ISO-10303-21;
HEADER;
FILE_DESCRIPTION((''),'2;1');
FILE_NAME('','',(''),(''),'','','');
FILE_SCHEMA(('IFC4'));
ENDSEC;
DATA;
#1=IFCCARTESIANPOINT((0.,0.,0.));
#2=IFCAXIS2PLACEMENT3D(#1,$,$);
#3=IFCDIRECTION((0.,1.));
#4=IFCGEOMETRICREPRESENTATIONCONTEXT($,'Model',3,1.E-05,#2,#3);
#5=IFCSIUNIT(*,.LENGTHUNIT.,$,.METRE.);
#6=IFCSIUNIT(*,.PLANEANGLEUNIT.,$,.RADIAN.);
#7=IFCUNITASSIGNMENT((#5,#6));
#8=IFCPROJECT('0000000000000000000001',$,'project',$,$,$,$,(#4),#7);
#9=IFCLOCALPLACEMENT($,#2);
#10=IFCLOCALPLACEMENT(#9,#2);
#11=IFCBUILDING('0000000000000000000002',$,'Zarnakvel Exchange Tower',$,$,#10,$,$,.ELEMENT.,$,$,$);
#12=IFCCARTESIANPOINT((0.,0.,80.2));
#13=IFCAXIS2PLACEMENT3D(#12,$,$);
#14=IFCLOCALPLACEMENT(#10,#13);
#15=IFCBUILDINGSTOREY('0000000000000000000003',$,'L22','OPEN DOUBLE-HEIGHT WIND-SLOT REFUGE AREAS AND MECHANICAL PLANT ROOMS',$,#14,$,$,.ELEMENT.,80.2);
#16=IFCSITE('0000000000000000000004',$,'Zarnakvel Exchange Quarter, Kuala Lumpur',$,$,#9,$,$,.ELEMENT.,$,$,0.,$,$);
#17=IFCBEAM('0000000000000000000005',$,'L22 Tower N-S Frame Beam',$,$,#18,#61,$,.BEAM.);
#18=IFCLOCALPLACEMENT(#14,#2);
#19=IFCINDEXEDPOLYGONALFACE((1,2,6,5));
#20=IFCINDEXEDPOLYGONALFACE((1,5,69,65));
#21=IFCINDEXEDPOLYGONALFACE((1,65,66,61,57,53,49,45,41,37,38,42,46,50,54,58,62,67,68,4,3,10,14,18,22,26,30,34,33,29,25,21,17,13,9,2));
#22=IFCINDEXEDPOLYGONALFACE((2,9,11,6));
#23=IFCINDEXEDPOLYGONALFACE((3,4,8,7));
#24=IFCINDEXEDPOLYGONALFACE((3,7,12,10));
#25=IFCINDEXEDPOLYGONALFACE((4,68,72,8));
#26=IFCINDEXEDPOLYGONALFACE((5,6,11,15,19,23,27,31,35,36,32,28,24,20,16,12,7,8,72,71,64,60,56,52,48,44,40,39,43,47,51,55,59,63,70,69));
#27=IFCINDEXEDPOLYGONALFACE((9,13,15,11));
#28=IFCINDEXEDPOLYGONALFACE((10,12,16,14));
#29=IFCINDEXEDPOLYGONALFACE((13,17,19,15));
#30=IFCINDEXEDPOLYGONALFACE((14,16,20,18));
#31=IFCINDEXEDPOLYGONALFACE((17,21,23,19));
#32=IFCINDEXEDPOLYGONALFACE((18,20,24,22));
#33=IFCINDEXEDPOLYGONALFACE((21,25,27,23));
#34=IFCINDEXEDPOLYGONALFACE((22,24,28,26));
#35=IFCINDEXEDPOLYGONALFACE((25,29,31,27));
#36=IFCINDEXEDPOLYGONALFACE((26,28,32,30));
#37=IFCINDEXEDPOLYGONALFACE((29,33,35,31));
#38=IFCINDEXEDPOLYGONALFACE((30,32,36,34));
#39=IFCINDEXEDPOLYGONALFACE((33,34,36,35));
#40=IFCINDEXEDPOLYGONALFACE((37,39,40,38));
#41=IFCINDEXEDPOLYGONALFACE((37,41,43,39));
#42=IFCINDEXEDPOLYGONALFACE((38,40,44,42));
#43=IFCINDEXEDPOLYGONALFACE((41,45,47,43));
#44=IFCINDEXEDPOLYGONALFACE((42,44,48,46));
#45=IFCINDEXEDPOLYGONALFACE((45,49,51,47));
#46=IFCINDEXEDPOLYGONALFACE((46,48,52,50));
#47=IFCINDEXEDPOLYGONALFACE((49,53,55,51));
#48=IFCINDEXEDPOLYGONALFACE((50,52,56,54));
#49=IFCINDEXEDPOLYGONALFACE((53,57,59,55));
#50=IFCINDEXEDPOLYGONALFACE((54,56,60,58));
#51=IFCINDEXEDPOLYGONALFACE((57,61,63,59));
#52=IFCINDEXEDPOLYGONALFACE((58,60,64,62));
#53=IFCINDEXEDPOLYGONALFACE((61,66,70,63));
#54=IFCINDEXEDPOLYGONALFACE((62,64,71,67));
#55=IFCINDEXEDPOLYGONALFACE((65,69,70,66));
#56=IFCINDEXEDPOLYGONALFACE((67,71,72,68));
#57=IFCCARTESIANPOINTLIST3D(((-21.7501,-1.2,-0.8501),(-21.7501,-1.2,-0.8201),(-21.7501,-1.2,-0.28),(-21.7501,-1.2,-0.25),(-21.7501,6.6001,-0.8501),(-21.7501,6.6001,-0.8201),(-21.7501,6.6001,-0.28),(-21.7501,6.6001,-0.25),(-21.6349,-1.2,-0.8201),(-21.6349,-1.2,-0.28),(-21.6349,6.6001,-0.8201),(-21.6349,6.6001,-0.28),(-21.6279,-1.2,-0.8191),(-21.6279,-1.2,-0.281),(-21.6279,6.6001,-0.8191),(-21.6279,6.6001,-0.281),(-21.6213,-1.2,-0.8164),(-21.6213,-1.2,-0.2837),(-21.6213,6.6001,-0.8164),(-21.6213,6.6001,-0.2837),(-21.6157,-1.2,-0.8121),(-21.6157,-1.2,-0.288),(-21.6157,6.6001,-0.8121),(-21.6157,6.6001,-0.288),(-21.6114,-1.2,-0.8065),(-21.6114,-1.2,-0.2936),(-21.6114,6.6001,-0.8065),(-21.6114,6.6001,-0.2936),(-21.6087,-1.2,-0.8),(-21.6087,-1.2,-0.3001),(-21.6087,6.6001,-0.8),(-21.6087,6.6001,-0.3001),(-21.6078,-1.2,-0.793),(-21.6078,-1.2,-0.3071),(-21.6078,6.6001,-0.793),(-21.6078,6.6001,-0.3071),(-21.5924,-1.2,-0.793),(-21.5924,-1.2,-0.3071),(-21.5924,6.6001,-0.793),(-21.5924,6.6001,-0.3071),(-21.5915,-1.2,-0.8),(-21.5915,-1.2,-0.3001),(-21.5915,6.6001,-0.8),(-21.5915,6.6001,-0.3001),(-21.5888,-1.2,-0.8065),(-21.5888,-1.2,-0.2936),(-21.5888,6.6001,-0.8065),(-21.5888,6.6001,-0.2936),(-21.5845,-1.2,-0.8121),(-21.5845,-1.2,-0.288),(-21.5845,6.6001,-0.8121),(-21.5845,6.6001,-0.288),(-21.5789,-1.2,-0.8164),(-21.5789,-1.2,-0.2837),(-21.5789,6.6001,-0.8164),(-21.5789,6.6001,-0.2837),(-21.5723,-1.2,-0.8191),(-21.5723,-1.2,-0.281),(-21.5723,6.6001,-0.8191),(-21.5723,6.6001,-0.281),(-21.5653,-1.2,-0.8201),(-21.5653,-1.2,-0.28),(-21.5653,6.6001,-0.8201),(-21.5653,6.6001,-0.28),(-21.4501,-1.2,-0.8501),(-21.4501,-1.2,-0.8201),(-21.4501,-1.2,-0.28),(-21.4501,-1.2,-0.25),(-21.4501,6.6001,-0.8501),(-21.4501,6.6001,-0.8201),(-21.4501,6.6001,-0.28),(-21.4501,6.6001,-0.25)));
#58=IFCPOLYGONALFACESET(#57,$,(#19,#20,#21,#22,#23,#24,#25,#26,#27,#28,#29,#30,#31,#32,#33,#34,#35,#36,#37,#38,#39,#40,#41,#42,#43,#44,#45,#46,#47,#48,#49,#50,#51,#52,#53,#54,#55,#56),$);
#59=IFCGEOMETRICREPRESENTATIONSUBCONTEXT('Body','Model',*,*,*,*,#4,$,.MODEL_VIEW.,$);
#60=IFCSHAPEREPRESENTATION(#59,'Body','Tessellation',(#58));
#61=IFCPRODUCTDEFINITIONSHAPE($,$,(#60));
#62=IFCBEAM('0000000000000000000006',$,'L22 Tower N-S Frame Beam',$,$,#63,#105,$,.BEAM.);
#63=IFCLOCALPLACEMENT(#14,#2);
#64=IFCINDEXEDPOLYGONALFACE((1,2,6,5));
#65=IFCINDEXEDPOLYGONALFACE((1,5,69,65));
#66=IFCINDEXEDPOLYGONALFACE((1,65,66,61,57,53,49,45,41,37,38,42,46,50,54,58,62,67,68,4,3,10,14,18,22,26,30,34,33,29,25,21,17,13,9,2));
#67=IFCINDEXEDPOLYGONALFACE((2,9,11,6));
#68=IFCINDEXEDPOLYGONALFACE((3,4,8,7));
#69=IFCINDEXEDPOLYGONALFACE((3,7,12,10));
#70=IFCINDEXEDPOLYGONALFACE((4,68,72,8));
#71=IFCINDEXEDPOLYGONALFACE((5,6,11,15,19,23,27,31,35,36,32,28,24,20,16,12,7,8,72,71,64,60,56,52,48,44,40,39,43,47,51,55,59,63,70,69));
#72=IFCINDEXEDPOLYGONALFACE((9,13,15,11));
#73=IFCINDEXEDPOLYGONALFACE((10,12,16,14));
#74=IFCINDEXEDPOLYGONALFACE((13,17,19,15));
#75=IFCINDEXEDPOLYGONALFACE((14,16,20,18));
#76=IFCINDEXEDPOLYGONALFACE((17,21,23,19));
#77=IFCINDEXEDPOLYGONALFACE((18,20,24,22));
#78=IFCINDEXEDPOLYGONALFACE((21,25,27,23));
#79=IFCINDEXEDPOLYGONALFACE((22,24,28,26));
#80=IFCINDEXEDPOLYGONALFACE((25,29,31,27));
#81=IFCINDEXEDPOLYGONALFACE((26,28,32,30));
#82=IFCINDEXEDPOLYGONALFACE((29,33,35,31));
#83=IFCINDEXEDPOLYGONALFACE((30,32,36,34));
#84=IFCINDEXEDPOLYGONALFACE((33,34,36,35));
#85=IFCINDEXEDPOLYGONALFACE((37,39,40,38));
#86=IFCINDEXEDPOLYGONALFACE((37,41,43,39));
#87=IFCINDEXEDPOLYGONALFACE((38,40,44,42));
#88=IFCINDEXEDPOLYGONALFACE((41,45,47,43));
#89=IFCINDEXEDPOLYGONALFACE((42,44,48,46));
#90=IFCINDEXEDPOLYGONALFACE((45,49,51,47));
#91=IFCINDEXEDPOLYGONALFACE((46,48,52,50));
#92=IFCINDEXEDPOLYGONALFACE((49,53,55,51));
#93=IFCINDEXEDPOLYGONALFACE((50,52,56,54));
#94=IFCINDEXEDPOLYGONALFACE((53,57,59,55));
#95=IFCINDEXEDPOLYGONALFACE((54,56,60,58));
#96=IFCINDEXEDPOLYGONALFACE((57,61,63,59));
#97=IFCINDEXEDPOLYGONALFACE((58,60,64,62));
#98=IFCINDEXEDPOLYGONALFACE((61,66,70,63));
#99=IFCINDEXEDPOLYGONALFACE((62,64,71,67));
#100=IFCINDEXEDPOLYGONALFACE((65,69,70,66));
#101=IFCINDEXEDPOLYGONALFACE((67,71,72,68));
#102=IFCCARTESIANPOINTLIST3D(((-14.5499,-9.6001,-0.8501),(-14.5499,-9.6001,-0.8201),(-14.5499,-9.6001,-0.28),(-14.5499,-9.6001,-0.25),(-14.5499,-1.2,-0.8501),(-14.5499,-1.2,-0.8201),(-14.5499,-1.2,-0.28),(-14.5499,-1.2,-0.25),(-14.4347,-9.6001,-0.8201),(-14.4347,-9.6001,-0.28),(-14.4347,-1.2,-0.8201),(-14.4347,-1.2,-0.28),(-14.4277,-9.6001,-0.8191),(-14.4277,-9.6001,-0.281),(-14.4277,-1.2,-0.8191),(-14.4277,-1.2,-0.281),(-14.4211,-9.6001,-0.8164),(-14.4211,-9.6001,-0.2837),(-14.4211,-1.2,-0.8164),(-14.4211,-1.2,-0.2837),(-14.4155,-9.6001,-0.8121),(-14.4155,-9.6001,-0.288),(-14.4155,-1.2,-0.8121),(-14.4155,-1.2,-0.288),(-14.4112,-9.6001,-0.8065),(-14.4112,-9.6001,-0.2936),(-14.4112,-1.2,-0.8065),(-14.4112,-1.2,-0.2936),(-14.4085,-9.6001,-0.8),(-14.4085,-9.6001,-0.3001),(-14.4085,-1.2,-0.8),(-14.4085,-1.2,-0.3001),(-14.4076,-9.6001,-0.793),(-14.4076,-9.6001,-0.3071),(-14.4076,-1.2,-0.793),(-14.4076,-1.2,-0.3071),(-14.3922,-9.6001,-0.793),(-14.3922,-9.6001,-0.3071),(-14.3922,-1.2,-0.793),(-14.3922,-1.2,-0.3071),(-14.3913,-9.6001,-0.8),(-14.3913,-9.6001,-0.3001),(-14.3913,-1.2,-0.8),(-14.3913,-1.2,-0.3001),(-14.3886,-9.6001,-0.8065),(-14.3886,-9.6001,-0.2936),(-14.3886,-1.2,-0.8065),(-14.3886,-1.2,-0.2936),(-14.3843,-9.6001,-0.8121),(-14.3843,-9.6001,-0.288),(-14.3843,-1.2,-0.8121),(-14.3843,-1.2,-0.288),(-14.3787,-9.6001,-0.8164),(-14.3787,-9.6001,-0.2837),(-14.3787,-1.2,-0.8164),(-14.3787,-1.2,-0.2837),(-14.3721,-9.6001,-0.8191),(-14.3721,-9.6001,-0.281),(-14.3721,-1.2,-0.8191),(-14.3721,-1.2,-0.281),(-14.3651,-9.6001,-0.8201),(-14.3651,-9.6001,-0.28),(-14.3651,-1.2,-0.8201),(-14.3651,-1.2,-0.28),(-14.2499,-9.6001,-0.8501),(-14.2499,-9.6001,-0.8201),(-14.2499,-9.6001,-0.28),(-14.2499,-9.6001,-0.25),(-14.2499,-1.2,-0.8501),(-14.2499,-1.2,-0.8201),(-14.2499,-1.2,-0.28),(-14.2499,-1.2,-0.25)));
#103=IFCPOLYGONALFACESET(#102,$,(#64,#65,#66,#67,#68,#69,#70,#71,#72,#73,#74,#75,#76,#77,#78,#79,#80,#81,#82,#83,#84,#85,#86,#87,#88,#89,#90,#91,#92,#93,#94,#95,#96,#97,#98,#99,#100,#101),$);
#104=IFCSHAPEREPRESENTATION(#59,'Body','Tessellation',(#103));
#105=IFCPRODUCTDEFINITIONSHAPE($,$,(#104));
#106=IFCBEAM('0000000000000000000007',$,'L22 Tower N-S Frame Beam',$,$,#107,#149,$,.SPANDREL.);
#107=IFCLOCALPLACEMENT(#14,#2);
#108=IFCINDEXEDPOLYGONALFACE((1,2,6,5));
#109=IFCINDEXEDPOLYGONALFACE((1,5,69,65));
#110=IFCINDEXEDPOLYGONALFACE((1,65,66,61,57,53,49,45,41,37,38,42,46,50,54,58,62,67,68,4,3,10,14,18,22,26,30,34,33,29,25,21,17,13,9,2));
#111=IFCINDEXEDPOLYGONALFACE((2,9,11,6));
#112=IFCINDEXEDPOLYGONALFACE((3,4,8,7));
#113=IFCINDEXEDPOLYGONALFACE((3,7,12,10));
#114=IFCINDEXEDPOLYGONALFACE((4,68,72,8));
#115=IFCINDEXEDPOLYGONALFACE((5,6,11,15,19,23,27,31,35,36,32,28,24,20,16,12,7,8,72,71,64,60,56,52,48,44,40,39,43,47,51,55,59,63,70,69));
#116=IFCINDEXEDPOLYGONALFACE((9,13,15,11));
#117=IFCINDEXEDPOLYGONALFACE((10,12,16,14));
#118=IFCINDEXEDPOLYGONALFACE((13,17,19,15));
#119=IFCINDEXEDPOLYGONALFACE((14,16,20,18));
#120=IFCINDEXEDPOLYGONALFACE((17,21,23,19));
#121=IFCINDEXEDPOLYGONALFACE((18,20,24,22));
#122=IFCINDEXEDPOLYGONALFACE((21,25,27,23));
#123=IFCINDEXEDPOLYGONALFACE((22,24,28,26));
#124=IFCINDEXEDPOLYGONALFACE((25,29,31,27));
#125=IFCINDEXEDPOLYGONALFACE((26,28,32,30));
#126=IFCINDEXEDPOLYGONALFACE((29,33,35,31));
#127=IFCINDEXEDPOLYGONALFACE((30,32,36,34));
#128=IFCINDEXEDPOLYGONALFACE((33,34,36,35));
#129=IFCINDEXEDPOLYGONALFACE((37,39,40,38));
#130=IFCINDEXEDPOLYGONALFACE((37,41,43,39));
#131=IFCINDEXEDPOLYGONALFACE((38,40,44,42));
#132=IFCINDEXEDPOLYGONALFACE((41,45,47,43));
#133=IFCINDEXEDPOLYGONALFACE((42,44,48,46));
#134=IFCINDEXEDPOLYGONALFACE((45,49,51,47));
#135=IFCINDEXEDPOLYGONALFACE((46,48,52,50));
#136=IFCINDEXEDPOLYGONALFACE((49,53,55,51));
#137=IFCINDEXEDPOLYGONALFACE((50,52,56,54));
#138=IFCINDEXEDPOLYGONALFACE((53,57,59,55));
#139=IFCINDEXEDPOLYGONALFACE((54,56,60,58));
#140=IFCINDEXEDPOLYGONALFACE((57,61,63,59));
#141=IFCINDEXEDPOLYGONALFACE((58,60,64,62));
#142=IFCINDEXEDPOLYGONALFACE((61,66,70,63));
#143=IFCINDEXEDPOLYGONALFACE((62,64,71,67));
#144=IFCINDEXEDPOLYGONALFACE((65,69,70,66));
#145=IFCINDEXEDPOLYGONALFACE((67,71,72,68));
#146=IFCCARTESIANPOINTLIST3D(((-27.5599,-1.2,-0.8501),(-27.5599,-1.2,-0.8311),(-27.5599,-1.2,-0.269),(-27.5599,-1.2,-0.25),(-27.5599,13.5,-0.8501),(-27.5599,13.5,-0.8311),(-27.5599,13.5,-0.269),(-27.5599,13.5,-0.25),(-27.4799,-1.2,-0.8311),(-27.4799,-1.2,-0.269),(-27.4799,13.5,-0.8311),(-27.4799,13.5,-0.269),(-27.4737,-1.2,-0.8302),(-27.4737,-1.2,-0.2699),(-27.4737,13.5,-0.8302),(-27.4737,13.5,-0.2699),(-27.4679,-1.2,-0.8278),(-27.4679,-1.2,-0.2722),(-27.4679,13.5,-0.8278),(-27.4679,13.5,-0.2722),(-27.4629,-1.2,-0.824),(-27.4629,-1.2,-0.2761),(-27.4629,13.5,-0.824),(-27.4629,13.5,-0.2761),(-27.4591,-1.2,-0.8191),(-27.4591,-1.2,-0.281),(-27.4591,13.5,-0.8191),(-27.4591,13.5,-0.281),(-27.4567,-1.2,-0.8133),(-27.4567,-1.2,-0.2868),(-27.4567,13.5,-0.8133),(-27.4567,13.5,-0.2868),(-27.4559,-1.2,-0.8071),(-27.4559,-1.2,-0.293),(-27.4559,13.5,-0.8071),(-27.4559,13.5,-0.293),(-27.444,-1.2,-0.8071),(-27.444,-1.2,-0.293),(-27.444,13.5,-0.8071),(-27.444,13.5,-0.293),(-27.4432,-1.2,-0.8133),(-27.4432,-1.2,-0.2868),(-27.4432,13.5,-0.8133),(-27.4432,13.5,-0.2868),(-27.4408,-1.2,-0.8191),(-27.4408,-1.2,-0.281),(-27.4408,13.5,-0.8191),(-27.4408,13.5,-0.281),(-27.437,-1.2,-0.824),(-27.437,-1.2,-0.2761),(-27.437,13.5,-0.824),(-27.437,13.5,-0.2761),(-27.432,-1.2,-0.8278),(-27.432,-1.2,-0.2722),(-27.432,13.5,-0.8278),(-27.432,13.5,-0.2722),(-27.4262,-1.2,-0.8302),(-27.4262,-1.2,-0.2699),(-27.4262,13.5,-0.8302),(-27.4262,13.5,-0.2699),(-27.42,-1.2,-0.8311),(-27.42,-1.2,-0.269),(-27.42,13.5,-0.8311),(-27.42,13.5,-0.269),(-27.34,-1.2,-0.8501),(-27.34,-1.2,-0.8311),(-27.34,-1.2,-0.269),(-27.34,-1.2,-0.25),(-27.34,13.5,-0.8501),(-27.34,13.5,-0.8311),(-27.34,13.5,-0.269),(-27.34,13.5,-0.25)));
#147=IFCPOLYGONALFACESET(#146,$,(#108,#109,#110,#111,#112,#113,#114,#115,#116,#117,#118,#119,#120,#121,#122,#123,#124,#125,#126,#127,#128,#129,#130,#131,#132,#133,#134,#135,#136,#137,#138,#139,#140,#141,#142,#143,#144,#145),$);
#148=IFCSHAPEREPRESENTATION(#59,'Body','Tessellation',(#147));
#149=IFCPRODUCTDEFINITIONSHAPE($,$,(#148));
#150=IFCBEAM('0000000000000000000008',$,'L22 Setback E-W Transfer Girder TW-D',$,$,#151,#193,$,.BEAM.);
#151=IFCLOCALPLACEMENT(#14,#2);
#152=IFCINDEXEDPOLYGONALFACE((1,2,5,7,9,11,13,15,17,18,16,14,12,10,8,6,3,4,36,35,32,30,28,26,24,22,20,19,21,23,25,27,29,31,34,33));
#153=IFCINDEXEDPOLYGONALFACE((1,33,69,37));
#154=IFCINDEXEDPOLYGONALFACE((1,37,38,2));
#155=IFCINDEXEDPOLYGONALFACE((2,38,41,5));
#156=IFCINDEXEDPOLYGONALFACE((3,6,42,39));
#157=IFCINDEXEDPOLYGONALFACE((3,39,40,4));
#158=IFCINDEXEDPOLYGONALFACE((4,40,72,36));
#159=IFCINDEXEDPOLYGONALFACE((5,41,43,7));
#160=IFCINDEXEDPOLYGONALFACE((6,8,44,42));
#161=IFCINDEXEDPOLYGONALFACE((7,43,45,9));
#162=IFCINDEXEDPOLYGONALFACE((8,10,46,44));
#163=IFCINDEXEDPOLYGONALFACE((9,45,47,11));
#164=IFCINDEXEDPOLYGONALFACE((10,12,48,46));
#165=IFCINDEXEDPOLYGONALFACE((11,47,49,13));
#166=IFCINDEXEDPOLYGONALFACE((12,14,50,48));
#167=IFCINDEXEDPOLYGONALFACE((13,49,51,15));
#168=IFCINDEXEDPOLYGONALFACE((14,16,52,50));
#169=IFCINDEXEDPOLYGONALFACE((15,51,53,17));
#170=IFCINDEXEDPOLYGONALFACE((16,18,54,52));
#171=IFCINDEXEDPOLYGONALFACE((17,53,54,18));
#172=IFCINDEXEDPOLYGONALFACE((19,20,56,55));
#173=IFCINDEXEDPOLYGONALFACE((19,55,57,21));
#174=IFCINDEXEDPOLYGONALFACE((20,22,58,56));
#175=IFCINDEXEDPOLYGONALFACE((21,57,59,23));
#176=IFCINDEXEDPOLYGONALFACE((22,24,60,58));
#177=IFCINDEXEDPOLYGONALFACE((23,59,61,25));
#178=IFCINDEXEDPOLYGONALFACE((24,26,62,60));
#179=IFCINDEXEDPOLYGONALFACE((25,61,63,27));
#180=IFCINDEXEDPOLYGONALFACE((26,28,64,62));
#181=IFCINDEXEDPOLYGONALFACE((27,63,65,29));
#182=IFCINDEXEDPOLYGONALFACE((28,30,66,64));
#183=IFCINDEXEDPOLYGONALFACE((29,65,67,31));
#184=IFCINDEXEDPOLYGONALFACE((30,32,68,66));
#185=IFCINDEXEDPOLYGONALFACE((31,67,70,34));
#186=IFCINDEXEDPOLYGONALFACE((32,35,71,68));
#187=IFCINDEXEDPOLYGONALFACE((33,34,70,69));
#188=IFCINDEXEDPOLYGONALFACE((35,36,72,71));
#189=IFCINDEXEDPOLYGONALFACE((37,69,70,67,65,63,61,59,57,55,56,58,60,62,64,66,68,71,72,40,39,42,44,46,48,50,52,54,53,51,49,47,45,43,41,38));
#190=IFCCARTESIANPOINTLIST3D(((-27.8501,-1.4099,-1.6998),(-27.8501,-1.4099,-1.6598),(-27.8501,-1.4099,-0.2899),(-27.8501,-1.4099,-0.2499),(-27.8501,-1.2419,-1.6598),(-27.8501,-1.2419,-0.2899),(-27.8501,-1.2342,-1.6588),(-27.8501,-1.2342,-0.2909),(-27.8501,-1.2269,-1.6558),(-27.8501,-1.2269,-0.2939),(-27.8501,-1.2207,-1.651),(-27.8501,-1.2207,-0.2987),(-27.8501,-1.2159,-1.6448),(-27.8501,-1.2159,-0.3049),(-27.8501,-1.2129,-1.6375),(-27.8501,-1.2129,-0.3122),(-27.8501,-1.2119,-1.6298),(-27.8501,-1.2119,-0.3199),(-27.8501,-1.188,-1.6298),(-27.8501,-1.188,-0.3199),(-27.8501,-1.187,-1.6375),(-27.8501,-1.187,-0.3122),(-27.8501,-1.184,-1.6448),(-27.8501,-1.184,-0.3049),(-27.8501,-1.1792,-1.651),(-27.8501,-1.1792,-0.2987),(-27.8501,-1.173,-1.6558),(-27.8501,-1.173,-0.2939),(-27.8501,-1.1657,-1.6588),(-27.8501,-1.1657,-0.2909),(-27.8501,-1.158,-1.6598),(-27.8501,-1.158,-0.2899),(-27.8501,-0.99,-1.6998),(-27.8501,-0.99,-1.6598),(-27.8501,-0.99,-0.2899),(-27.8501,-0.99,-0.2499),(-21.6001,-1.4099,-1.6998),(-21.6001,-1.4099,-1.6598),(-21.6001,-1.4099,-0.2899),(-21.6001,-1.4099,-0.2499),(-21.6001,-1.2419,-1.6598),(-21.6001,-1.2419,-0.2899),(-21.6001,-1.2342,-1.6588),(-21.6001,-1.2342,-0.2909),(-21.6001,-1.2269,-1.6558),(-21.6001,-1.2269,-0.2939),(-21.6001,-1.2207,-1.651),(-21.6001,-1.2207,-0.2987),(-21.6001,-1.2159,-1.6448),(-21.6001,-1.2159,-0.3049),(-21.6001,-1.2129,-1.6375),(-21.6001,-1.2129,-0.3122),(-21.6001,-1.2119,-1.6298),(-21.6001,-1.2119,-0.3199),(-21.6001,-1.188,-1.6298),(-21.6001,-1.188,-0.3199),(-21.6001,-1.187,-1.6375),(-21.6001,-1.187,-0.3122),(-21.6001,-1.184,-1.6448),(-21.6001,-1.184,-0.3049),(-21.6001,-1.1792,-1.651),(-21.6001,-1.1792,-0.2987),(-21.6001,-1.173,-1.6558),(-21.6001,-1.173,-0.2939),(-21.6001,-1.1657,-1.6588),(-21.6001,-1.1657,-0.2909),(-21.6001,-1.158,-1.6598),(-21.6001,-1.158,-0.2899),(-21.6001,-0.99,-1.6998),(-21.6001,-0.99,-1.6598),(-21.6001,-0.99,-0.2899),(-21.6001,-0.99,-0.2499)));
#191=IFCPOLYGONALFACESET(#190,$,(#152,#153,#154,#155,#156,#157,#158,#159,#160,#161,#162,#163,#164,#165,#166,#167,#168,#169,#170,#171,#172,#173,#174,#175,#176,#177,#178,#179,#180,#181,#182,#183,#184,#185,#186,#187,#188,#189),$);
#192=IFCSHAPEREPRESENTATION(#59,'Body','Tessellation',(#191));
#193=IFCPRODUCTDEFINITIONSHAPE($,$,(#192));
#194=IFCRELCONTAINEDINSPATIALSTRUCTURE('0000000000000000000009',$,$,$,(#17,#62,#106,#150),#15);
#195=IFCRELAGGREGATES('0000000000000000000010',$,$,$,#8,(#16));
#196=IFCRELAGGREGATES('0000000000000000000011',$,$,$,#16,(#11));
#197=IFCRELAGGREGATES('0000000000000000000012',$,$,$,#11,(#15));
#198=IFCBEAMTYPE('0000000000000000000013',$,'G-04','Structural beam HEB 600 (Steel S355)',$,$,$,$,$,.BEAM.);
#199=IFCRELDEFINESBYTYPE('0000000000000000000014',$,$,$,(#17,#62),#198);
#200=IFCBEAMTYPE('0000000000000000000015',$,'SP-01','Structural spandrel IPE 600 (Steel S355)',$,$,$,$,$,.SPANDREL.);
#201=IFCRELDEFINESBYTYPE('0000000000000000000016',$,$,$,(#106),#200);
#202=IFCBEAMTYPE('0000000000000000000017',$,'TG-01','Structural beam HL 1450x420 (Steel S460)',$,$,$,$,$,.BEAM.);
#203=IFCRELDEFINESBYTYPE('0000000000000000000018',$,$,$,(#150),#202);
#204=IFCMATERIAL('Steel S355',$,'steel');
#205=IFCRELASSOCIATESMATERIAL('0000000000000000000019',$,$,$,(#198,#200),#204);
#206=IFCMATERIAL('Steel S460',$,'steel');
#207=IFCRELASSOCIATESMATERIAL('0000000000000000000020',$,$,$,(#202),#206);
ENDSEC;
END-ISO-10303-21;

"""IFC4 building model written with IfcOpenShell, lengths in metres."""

from ifc_helpers import new_model, si_unit, direction, frame, origin, origin_2d, place, context, subcontext, project, spatial, i_section, extrude, material, material_profile, profile_set, type_object, element, save


model = new_model("IFC4")

# Units and contexts
model_context = context("Model", 3, precision=1e-05, world=origin(), true_north=direction((0.0, 1.0)))
body_context = subcontext(model_context, "Body", "Model", "MODEL_VIEW")
ifc_project = project(units=[si_unit("LENGTHUNIT", "METRE"), si_unit("PLANEANGLEUNIT", "RADIAN")], contexts=[model_context])

# Site, building, storey
site_placement = place(None, origin())
site = spatial("IfcSite", under=ifc_project, at=site_placement, Name="Zarnakvel Exchange Quarter, Kuala Lumpur", CompositionType="ELEMENT", RefElevation=0.0)
building_placement = place(site_placement, origin())
building = spatial("IfcBuilding", under=site, at=building_placement, Name="Zarnakvel Exchange Tower", CompositionType="ELEMENT")
storey_placement = place(building_placement, frame((0.0, 0.0, 80.2)))
storey = spatial("IfcBuildingStorey", under=building, at=storey_placement, Name="L22", Description="OPEN DOUBLE-HEIGHT WIND-SLOT REFUGE AREAS AND MECHANICAL PLANT ROOMS", CompositionType="ELEMENT", Elevation=80.2)

# Shared definitions
ifc_material_1 = material(Name="Steel S355", Category="steel")

# Beams
ifc_material_profile_1 = material_profile(ifc_material_1, i_section(OverallWidth=0.3, OverallDepth=0.6001, WebThickness=0.0154, FlangeThickness=0.03, FilletRadius=0.0271, at=origin_2d()))
ifc_profile_set_1 = profile_set([ifc_material_profile_1], Name="Steel S355")
beam_type_1 = type_object("IfcBeamType", Name="G-04", Description="Structural beam HEB 600 (Steel S355)", PredefinedType="BEAM", material=ifc_profile_set_1)
beam_1_placement = place(storey_placement, frame((-21.6001, -1.2, -0.55), z_axis=(0.0, 1.0, 0.0), x_axis=(-1.0, 0.0, 0.0)))
element("IfcBeam", 1, at=beam_1_placement, inside=storey, type_object=beam_type_1, Name="L22 Tower N-S Frame Beam", PredefinedType="BEAM", context=body_context, shape_type="SweptSolid", body=[
    extrude(i_section(OverallWidth=0.3, OverallDepth=0.6001, WebThickness=0.0154, FlangeThickness=0.03, FilletRadius=0.0271, at=origin_2d()), origin(), (0.0, 0.0, 1.0), 7.8),
])
beam_2_placement = place(storey_placement, frame((-14.3999, -9.6001, -0.55), z_axis=(0.0, 1.0, 0.0), x_axis=(-1.0, 0.0, 0.0)))
element("IfcBeam", 2, at=beam_2_placement, inside=storey, type_object=beam_type_1, Name="L22 Tower N-S Frame Beam", PredefinedType="BEAM", context=body_context, shape_type="SweptSolid", body=[
    extrude(i_section(OverallWidth=0.3, OverallDepth=0.6001, WebThickness=0.0154, FlangeThickness=0.03, FilletRadius=0.0271, at=origin_2d()), origin(), (0.0, 0.0, 1.0), 8.4001),
])
ifc_material_profile_2 = material_profile(ifc_material_1, i_section(OverallWidth=0.22, OverallDepth=0.6001, WebThickness=0.012, FlangeThickness=0.019, FilletRadius=0.0239, at=origin_2d()))
ifc_profile_set_2 = profile_set([ifc_material_profile_2], Name="Steel S355")
beam_type_2 = type_object("IfcBeamType", Name="SP-01", Description="Structural spandrel IPE 600 (Steel S355)", PredefinedType="SPANDREL", material=ifc_profile_set_2)
beam_3_placement = place(storey_placement, frame((-27.45, -1.2, -0.55), z_axis=(0.0, 1.0, 0.0), x_axis=(-1.0, 0.0, 0.0)))
element("IfcBeam", 3, at=beam_3_placement, inside=storey, type_object=beam_type_2, Name="L22 Tower N-S Frame Beam", PredefinedType="SPANDREL", context=body_context, shape_type="SweptSolid", body=[
    extrude(i_section(OverallWidth=0.22, OverallDepth=0.6001, WebThickness=0.012, FlangeThickness=0.019, FilletRadius=0.0239, at=origin_2d()), origin(), (0.0, 0.0, 1.0), 14.7),
])
ifc_material_2 = material(Name="Steel S460", Category="steel")
ifc_material_profile_3 = material_profile(ifc_material_2, i_section(OverallWidth=0.4199, OverallDepth=1.45, WebThickness=0.0239, FlangeThickness=0.04, FilletRadius=0.03, at=origin_2d()))
ifc_profile_set_3 = profile_set([ifc_material_profile_3], Name="Steel S460")
beam_type_3 = type_object("IfcBeamType", Name="TG-01", Description="Structural beam HL 1450x420 (Steel S460)", PredefinedType="BEAM", material=ifc_profile_set_3)
beam_4_placement = place(storey_placement, frame((-27.8501, -1.2, -0.9749), z_axis=(1.0, 0.0, 0.0), x_axis=(0.0, 1.0, 0.0)))
element("IfcBeam", 4, at=beam_4_placement, inside=storey, type_object=beam_type_3, Name="L22 Setback E-W Transfer Girder TW-D", PredefinedType="BEAM", context=body_context, shape_type="SweptSolid", body=[
    extrude(i_section(OverallWidth=0.4199, OverallDepth=1.45, WebThickness=0.0239, FlangeThickness=0.04, FilletRadius=0.03, at=origin_2d()), origin(), (0.0, 0.0, 1.0), 6.25),
])

save(model, "model.ifc")
